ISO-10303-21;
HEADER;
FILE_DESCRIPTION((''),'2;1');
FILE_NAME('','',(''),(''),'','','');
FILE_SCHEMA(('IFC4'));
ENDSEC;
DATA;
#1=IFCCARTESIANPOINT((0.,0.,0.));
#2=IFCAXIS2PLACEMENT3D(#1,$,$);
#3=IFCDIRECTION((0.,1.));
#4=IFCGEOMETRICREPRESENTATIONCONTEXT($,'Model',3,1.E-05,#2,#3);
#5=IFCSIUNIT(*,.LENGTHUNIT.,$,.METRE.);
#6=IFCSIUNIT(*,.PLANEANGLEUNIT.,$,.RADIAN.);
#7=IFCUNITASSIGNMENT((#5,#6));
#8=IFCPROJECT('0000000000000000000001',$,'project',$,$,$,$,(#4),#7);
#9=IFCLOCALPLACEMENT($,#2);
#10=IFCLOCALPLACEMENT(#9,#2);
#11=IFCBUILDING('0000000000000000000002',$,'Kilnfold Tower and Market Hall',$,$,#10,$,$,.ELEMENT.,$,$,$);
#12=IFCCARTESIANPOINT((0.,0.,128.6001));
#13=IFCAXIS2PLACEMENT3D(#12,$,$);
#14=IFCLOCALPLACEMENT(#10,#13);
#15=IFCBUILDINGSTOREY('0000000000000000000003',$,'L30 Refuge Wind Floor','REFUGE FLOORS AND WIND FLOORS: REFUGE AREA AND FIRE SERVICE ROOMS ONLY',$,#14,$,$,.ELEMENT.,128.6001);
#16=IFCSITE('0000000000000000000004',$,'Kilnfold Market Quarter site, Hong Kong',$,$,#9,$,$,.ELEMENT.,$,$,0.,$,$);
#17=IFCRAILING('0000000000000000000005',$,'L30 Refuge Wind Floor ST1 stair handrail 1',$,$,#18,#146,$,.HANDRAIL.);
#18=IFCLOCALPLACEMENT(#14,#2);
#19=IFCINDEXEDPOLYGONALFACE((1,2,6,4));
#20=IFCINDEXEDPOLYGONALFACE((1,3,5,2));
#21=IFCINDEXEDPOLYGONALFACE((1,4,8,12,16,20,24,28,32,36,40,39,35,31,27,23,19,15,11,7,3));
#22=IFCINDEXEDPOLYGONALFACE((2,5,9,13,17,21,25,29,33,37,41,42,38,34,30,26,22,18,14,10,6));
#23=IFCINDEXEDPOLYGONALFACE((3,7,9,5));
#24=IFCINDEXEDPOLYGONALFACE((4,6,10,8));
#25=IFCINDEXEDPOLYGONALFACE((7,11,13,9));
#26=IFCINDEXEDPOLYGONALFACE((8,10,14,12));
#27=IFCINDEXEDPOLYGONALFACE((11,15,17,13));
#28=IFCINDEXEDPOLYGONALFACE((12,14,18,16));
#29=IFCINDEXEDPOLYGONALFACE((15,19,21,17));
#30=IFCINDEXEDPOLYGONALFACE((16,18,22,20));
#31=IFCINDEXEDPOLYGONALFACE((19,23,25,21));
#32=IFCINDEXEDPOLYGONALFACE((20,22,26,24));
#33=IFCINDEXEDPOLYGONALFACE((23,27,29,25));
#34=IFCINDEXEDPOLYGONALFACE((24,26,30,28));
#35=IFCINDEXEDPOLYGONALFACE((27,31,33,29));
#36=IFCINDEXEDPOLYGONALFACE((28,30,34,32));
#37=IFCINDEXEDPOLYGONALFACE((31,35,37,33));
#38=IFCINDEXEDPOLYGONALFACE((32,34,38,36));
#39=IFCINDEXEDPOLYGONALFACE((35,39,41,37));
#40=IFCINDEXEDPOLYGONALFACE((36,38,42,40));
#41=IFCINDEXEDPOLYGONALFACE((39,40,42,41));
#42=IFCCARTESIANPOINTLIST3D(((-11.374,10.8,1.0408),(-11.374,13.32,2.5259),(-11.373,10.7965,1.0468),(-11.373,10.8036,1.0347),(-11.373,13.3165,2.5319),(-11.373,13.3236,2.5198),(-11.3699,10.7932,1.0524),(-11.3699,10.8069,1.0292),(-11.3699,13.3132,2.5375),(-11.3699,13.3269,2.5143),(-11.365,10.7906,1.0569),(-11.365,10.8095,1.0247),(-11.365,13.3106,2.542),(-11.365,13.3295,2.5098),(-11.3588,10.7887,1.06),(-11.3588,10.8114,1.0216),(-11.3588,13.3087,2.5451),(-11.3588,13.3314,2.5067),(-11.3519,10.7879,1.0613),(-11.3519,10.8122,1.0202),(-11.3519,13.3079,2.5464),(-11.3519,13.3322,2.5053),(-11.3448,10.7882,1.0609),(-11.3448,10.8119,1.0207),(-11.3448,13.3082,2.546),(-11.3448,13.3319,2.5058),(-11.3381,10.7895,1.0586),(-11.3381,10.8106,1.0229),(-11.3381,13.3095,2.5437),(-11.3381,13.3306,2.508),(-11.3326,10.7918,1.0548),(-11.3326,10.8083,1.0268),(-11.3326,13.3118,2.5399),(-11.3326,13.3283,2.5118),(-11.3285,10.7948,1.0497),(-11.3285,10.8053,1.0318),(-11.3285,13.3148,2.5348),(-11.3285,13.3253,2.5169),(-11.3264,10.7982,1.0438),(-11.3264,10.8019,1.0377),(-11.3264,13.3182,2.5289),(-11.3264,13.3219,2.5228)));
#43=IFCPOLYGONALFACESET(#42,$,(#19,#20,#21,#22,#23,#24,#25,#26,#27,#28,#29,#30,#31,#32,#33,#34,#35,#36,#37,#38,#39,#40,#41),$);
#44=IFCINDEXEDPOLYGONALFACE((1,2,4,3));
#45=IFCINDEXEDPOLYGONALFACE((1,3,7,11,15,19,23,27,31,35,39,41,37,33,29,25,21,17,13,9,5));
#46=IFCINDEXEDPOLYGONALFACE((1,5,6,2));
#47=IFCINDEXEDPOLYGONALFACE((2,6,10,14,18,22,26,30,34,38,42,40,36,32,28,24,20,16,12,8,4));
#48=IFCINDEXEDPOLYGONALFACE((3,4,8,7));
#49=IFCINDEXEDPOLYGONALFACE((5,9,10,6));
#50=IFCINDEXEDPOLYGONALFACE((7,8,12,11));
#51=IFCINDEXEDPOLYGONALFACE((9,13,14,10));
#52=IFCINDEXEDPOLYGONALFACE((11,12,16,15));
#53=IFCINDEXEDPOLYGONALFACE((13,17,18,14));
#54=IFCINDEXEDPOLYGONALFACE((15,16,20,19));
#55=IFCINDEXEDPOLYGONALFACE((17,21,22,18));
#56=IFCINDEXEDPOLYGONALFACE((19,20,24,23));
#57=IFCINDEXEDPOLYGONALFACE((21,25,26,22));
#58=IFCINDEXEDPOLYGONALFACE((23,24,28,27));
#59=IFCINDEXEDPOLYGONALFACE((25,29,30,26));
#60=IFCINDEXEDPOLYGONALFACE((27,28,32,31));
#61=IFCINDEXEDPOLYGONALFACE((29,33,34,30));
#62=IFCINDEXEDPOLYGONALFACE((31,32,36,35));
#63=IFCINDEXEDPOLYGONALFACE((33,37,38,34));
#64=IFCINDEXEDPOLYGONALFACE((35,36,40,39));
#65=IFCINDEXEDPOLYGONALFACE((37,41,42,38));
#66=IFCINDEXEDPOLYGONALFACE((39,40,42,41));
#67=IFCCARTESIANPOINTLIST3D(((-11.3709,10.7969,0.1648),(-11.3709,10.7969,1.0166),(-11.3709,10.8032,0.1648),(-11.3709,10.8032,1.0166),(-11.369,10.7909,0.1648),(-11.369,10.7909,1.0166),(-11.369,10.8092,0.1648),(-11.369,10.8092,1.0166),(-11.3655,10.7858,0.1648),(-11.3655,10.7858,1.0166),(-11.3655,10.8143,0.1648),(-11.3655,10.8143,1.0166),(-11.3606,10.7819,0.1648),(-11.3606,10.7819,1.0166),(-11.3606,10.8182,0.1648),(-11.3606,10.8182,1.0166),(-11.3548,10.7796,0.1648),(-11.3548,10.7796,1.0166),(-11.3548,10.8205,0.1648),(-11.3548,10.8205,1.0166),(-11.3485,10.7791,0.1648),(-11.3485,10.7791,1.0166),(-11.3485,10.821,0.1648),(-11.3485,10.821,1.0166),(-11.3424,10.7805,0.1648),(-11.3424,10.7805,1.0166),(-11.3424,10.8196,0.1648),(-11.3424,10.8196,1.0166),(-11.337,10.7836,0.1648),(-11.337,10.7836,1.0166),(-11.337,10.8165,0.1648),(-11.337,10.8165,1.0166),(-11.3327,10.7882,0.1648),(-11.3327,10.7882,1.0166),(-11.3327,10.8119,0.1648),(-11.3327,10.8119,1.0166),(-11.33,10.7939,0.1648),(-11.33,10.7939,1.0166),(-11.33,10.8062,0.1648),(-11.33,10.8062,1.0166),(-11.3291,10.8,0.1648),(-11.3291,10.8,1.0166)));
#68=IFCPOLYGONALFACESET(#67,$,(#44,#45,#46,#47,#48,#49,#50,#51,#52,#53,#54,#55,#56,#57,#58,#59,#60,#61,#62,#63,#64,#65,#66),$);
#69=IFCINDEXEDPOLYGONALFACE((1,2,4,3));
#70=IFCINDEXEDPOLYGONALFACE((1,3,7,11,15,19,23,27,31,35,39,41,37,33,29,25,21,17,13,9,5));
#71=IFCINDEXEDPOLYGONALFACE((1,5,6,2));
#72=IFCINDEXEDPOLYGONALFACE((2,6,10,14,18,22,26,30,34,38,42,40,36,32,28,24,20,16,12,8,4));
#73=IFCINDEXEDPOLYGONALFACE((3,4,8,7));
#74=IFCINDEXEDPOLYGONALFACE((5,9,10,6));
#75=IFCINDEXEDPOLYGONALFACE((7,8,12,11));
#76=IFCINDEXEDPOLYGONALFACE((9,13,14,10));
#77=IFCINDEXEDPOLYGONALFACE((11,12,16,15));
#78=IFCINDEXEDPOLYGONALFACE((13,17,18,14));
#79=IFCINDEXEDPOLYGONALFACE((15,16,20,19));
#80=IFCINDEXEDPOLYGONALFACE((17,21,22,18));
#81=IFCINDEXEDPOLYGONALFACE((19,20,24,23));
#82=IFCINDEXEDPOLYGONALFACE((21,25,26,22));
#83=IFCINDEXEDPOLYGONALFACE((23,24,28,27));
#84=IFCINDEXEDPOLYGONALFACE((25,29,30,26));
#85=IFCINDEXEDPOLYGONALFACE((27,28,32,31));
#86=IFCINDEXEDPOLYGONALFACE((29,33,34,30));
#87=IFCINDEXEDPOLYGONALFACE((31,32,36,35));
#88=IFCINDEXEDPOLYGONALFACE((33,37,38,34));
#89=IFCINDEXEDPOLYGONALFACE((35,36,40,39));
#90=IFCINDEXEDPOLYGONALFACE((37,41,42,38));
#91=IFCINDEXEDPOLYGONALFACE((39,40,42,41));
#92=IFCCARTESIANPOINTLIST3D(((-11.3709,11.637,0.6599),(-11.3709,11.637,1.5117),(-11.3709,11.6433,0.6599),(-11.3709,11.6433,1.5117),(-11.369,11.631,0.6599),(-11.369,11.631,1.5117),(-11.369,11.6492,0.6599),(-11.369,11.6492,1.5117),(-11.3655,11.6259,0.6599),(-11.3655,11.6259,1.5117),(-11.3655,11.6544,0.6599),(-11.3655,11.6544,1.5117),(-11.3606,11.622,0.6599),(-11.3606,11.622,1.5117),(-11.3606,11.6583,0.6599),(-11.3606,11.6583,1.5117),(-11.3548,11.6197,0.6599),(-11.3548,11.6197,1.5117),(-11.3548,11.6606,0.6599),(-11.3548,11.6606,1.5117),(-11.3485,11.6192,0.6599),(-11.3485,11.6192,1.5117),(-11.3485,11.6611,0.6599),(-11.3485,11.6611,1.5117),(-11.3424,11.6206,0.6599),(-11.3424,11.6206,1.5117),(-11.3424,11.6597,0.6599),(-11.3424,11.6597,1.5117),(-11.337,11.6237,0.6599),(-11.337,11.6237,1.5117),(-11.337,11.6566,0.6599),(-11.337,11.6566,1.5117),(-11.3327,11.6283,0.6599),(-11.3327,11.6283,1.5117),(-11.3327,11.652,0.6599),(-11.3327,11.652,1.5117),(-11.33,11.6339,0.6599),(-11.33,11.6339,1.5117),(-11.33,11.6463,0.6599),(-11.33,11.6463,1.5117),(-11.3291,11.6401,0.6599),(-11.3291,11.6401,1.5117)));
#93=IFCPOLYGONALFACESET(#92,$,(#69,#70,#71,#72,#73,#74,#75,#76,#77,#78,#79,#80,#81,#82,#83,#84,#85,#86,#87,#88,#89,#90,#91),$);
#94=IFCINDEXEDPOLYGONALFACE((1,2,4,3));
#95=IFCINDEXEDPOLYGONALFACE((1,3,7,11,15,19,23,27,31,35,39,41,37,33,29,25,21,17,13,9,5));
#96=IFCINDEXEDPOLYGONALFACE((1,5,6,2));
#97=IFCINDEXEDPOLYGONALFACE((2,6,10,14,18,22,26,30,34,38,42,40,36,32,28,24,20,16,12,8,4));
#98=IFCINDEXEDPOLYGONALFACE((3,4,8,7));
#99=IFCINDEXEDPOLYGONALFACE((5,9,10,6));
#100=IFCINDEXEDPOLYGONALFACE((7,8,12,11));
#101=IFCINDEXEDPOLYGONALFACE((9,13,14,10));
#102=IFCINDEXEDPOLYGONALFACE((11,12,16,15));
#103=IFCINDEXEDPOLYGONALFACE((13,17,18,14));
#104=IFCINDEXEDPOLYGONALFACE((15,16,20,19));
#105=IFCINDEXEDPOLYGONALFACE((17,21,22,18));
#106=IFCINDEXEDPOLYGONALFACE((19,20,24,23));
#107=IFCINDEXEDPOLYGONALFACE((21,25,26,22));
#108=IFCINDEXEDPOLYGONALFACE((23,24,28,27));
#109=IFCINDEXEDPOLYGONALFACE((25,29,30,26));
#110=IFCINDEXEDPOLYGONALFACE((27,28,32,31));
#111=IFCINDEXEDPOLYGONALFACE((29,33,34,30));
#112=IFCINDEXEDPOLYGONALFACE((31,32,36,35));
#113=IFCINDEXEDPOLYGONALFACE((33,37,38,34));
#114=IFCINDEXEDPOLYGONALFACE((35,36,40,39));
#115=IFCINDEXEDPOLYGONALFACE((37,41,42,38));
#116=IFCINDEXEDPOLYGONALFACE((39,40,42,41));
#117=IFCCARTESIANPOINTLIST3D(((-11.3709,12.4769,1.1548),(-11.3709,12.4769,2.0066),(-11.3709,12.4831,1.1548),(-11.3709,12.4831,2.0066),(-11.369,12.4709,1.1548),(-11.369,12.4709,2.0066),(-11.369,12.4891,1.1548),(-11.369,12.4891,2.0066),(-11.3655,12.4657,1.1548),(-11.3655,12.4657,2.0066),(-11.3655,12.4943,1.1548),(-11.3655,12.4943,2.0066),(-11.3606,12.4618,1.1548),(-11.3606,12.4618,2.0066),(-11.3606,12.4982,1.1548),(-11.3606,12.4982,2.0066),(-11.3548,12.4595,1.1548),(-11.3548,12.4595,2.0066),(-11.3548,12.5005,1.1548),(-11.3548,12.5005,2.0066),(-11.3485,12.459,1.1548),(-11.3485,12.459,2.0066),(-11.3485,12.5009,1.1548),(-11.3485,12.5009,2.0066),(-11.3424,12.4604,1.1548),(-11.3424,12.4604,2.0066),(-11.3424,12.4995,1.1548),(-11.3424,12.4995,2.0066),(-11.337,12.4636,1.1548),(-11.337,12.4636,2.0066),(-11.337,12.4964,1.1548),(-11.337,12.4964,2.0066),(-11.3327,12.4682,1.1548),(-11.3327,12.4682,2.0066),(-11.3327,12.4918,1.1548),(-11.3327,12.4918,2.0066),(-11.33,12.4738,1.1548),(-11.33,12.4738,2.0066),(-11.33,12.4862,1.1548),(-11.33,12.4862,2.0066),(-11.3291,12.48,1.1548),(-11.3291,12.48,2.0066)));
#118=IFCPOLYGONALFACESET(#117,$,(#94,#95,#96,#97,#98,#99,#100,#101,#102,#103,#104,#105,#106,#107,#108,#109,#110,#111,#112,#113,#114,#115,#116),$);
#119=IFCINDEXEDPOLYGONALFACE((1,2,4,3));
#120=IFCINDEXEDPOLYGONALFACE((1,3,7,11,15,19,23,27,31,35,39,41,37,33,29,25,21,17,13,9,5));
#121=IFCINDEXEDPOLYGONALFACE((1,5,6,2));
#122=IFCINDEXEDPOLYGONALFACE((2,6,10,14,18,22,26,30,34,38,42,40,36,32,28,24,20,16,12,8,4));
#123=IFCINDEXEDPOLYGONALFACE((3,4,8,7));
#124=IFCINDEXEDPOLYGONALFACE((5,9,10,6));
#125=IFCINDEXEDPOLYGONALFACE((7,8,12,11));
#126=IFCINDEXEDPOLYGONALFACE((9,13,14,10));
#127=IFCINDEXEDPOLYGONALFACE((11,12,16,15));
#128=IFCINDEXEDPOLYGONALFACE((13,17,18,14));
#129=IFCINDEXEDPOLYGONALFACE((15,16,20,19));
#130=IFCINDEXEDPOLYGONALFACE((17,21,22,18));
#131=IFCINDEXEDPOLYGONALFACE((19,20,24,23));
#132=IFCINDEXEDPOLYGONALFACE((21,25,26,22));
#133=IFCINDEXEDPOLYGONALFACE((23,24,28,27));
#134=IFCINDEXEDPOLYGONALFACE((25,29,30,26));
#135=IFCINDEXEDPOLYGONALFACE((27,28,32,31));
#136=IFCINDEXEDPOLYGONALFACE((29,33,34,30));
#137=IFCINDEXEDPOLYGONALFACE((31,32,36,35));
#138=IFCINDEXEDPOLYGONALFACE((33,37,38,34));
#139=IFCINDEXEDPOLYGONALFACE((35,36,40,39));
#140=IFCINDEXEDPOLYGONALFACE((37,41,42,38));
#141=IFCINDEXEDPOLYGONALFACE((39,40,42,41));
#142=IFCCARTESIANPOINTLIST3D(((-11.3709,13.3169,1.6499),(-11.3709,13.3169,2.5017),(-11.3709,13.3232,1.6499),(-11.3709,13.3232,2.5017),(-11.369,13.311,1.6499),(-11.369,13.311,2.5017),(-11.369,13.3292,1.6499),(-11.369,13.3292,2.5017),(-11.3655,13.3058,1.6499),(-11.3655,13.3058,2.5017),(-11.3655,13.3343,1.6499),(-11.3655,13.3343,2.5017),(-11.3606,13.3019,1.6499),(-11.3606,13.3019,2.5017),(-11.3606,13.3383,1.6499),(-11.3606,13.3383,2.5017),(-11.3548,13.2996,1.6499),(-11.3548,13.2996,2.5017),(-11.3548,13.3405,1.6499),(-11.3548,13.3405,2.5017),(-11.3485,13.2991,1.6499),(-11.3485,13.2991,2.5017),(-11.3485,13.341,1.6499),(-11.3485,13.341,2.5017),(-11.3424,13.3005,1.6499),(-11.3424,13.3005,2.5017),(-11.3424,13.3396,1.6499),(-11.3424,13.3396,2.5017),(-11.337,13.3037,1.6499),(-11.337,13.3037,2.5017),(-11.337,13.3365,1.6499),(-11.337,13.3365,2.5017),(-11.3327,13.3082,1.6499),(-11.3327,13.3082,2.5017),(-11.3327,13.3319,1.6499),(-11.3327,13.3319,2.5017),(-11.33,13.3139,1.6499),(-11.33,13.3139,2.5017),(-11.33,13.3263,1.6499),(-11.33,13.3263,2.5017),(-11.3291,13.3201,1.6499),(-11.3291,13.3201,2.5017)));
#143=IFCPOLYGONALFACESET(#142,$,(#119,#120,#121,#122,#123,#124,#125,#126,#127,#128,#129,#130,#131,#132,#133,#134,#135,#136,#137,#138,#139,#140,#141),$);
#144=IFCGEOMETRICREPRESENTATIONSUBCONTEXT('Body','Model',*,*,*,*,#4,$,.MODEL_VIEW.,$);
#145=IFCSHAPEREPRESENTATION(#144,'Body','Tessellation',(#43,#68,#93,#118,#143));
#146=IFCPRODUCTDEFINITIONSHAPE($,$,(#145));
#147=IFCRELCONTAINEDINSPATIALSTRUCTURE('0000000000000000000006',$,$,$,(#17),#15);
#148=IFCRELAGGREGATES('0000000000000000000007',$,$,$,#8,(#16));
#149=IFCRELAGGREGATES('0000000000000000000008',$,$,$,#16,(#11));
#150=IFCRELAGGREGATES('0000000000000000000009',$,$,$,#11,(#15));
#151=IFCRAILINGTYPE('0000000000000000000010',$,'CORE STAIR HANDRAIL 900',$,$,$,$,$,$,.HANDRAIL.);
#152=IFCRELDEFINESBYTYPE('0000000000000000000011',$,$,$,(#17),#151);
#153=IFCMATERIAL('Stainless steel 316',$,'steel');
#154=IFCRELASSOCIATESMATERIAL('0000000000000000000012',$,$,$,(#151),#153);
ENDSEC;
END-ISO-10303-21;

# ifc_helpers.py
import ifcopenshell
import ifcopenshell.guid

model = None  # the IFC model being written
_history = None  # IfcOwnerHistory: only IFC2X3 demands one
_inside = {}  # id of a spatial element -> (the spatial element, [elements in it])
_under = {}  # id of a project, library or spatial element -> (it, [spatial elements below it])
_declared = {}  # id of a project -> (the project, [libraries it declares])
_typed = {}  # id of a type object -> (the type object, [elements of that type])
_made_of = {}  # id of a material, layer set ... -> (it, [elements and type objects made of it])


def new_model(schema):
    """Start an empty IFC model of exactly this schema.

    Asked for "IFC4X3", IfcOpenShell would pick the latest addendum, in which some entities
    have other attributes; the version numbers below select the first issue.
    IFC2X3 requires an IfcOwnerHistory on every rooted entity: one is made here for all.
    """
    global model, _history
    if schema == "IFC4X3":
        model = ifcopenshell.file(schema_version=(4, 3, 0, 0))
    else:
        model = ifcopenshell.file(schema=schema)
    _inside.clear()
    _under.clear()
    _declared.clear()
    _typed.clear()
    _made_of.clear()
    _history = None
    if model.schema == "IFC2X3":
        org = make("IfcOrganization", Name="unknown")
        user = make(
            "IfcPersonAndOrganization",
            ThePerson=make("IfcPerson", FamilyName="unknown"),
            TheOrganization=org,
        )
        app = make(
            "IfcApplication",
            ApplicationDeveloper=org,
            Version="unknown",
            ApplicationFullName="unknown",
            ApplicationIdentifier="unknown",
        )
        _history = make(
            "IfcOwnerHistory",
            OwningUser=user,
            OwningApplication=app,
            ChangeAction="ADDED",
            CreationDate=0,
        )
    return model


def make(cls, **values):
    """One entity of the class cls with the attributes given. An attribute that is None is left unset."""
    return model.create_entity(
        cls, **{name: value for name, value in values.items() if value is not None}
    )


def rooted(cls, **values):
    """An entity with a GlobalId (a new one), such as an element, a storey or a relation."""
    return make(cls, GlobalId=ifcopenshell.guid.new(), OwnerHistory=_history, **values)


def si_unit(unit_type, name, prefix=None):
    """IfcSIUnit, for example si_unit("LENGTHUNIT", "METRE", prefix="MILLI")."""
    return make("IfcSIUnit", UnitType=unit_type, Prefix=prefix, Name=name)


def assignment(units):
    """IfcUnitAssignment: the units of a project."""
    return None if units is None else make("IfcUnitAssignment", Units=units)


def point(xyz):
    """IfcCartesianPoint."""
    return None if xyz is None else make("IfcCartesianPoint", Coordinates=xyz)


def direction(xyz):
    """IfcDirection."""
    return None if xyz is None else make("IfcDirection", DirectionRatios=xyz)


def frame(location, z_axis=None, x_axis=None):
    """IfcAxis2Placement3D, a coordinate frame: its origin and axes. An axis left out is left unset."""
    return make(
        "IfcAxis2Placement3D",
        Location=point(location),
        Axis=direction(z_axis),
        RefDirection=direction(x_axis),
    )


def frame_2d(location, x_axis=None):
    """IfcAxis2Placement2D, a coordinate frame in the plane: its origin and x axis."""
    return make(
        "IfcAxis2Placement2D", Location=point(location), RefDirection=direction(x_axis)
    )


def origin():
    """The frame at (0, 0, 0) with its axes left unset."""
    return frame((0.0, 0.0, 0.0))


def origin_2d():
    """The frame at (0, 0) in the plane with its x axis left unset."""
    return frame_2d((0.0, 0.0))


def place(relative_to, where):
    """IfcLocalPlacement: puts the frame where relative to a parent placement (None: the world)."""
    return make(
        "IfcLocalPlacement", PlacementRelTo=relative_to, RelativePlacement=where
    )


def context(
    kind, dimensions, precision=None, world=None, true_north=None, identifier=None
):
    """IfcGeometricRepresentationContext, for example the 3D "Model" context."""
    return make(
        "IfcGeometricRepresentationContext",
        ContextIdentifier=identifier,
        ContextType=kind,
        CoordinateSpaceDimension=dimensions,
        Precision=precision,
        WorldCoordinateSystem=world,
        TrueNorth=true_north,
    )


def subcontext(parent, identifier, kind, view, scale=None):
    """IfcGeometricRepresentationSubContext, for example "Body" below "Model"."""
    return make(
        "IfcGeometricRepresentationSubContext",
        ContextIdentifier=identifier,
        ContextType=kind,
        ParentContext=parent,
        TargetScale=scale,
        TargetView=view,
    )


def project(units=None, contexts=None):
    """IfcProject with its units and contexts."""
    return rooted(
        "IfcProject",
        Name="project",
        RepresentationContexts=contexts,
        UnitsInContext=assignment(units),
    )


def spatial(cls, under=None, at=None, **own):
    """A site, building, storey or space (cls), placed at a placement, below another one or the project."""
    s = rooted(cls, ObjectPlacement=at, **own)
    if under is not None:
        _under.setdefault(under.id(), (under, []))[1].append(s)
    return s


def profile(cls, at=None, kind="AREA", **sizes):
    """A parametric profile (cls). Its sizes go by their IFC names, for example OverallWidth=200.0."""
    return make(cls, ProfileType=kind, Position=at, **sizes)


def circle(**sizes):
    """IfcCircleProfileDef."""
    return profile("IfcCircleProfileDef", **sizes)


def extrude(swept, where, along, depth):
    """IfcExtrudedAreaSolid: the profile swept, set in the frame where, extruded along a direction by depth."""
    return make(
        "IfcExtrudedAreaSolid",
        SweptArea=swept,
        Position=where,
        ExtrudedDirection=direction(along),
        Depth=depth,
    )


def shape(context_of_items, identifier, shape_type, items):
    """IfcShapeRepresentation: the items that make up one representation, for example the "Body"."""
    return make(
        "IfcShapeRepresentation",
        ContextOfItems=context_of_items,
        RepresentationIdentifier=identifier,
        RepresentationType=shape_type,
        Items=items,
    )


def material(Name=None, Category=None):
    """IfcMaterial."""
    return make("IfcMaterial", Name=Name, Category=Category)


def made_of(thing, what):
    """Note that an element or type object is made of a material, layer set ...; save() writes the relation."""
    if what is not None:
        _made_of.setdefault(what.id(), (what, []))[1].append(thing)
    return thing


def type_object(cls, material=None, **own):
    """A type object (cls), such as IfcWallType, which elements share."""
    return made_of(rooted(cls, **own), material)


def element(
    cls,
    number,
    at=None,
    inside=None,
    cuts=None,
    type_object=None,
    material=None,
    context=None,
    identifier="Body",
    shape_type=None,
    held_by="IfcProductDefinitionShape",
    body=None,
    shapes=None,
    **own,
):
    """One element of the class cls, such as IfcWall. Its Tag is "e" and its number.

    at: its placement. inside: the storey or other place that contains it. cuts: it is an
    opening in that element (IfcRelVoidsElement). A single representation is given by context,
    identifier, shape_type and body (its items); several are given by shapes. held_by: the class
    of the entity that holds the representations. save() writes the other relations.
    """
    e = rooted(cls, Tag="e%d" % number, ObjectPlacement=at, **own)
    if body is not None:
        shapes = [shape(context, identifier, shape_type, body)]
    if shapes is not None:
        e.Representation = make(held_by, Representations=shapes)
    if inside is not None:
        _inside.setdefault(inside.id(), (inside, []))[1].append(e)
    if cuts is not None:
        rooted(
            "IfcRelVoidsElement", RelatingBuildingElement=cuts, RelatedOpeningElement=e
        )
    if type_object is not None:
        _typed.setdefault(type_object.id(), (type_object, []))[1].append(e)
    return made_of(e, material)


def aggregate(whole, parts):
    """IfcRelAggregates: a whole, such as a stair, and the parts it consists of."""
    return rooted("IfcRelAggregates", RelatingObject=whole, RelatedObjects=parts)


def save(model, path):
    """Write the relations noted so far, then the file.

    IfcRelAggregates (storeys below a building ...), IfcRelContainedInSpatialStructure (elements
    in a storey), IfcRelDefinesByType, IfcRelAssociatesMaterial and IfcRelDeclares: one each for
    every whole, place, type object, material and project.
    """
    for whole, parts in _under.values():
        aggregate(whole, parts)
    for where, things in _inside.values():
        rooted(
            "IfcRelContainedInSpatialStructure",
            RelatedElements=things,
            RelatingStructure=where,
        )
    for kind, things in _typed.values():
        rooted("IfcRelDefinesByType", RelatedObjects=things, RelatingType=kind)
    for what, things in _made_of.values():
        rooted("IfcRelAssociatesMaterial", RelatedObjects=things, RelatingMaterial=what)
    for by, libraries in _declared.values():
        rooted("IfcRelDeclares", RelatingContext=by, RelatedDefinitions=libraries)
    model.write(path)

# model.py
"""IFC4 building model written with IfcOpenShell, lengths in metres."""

from ifc_helpers import new_model, si_unit, direction, frame, origin, origin_2d, place, context, subcontext, project, spatial, circle, extrude, material, type_object, element, save


model = new_model("IFC4")

# Units and contexts
model_context = context("Model", 3, precision=1e-05, world=origin(), true_north=direction((0.0, 1.0)))
body_context = subcontext(model_context, "Body", "Model", "MODEL_VIEW")
ifc_project = project(units=[si_unit("LENGTHUNIT", "METRE"), si_unit("PLANEANGLEUNIT", "RADIAN")], contexts=[model_context])

# Site, building, storey
site_placement = place(None, origin())
site = spatial("IfcSite", under=ifc_project, at=site_placement, Name="Kilnfold Market Quarter site, Hong Kong", CompositionType="ELEMENT", RefElevation=0.0)
building_placement = place(site_placement, origin())
building = spatial("IfcBuilding", under=site, at=building_placement, Name="Kilnfold Tower and Market Hall", CompositionType="ELEMENT")
storey_placement = place(building_placement, frame((0.0, 0.0, 128.6001)))
storey = spatial("IfcBuildingStorey", under=building, at=storey_placement, Name="L30 Refuge Wind Floor", Description="REFUGE FLOORS AND WIND FLOORS: REFUGE AREA AND FIRE SERVICE ROOMS ONLY", CompositionType="ELEMENT", Elevation=128.6001)

# Railing
ifc_material_1 = material(Name="Stainless steel 316", Category="steel")
railing_type_1 = type_object("IfcRailingType", Name="CORE STAIR HANDRAIL 900", PredefinedType="HANDRAIL", material=ifc_material_1)
railing_1_placement = place(storey_placement, frame((-11.3501, 10.8, 0.1648)))
element("IfcRailing", 1, at=railing_1_placement, inside=storey, type_object=railing_type_1, Name="L30 Refuge Wind Floor ST1 stair handrail 1", PredefinedType="HANDRAIL", context=body_context, shape_type="SweptSolid", body=[
    extrude(circle(Radius=0.0239, at=origin_2d()), frame((0.0, 0.0, 0.876), z_axis=(0.0, 0.861524, 0.507717), x_axis=(-1.0, 0.0, 0.0)), (0.0, 0.0, 1.0), 2.925),
    extrude(circle(Radius=0.021, at=origin_2d()), origin(), (0.0, 0.0, 1.0), 0.8518),
    extrude(circle(Radius=0.021, at=origin_2d()), frame((0.0, 0.8401, 0.4951)), (0.0, 0.0, 1.0), 0.8518),
    extrude(circle(Radius=0.021, at=origin_2d()), frame((0.0, 1.6799, 0.99)), (0.0, 0.0, 1.0), 0.8518),
    extrude(circle(Radius=0.021, at=origin_2d()), frame((0.0, 2.52, 1.4851)), (0.0, 0.0, 1.0), 0.8518),
])

save(model, "model.ifc")
